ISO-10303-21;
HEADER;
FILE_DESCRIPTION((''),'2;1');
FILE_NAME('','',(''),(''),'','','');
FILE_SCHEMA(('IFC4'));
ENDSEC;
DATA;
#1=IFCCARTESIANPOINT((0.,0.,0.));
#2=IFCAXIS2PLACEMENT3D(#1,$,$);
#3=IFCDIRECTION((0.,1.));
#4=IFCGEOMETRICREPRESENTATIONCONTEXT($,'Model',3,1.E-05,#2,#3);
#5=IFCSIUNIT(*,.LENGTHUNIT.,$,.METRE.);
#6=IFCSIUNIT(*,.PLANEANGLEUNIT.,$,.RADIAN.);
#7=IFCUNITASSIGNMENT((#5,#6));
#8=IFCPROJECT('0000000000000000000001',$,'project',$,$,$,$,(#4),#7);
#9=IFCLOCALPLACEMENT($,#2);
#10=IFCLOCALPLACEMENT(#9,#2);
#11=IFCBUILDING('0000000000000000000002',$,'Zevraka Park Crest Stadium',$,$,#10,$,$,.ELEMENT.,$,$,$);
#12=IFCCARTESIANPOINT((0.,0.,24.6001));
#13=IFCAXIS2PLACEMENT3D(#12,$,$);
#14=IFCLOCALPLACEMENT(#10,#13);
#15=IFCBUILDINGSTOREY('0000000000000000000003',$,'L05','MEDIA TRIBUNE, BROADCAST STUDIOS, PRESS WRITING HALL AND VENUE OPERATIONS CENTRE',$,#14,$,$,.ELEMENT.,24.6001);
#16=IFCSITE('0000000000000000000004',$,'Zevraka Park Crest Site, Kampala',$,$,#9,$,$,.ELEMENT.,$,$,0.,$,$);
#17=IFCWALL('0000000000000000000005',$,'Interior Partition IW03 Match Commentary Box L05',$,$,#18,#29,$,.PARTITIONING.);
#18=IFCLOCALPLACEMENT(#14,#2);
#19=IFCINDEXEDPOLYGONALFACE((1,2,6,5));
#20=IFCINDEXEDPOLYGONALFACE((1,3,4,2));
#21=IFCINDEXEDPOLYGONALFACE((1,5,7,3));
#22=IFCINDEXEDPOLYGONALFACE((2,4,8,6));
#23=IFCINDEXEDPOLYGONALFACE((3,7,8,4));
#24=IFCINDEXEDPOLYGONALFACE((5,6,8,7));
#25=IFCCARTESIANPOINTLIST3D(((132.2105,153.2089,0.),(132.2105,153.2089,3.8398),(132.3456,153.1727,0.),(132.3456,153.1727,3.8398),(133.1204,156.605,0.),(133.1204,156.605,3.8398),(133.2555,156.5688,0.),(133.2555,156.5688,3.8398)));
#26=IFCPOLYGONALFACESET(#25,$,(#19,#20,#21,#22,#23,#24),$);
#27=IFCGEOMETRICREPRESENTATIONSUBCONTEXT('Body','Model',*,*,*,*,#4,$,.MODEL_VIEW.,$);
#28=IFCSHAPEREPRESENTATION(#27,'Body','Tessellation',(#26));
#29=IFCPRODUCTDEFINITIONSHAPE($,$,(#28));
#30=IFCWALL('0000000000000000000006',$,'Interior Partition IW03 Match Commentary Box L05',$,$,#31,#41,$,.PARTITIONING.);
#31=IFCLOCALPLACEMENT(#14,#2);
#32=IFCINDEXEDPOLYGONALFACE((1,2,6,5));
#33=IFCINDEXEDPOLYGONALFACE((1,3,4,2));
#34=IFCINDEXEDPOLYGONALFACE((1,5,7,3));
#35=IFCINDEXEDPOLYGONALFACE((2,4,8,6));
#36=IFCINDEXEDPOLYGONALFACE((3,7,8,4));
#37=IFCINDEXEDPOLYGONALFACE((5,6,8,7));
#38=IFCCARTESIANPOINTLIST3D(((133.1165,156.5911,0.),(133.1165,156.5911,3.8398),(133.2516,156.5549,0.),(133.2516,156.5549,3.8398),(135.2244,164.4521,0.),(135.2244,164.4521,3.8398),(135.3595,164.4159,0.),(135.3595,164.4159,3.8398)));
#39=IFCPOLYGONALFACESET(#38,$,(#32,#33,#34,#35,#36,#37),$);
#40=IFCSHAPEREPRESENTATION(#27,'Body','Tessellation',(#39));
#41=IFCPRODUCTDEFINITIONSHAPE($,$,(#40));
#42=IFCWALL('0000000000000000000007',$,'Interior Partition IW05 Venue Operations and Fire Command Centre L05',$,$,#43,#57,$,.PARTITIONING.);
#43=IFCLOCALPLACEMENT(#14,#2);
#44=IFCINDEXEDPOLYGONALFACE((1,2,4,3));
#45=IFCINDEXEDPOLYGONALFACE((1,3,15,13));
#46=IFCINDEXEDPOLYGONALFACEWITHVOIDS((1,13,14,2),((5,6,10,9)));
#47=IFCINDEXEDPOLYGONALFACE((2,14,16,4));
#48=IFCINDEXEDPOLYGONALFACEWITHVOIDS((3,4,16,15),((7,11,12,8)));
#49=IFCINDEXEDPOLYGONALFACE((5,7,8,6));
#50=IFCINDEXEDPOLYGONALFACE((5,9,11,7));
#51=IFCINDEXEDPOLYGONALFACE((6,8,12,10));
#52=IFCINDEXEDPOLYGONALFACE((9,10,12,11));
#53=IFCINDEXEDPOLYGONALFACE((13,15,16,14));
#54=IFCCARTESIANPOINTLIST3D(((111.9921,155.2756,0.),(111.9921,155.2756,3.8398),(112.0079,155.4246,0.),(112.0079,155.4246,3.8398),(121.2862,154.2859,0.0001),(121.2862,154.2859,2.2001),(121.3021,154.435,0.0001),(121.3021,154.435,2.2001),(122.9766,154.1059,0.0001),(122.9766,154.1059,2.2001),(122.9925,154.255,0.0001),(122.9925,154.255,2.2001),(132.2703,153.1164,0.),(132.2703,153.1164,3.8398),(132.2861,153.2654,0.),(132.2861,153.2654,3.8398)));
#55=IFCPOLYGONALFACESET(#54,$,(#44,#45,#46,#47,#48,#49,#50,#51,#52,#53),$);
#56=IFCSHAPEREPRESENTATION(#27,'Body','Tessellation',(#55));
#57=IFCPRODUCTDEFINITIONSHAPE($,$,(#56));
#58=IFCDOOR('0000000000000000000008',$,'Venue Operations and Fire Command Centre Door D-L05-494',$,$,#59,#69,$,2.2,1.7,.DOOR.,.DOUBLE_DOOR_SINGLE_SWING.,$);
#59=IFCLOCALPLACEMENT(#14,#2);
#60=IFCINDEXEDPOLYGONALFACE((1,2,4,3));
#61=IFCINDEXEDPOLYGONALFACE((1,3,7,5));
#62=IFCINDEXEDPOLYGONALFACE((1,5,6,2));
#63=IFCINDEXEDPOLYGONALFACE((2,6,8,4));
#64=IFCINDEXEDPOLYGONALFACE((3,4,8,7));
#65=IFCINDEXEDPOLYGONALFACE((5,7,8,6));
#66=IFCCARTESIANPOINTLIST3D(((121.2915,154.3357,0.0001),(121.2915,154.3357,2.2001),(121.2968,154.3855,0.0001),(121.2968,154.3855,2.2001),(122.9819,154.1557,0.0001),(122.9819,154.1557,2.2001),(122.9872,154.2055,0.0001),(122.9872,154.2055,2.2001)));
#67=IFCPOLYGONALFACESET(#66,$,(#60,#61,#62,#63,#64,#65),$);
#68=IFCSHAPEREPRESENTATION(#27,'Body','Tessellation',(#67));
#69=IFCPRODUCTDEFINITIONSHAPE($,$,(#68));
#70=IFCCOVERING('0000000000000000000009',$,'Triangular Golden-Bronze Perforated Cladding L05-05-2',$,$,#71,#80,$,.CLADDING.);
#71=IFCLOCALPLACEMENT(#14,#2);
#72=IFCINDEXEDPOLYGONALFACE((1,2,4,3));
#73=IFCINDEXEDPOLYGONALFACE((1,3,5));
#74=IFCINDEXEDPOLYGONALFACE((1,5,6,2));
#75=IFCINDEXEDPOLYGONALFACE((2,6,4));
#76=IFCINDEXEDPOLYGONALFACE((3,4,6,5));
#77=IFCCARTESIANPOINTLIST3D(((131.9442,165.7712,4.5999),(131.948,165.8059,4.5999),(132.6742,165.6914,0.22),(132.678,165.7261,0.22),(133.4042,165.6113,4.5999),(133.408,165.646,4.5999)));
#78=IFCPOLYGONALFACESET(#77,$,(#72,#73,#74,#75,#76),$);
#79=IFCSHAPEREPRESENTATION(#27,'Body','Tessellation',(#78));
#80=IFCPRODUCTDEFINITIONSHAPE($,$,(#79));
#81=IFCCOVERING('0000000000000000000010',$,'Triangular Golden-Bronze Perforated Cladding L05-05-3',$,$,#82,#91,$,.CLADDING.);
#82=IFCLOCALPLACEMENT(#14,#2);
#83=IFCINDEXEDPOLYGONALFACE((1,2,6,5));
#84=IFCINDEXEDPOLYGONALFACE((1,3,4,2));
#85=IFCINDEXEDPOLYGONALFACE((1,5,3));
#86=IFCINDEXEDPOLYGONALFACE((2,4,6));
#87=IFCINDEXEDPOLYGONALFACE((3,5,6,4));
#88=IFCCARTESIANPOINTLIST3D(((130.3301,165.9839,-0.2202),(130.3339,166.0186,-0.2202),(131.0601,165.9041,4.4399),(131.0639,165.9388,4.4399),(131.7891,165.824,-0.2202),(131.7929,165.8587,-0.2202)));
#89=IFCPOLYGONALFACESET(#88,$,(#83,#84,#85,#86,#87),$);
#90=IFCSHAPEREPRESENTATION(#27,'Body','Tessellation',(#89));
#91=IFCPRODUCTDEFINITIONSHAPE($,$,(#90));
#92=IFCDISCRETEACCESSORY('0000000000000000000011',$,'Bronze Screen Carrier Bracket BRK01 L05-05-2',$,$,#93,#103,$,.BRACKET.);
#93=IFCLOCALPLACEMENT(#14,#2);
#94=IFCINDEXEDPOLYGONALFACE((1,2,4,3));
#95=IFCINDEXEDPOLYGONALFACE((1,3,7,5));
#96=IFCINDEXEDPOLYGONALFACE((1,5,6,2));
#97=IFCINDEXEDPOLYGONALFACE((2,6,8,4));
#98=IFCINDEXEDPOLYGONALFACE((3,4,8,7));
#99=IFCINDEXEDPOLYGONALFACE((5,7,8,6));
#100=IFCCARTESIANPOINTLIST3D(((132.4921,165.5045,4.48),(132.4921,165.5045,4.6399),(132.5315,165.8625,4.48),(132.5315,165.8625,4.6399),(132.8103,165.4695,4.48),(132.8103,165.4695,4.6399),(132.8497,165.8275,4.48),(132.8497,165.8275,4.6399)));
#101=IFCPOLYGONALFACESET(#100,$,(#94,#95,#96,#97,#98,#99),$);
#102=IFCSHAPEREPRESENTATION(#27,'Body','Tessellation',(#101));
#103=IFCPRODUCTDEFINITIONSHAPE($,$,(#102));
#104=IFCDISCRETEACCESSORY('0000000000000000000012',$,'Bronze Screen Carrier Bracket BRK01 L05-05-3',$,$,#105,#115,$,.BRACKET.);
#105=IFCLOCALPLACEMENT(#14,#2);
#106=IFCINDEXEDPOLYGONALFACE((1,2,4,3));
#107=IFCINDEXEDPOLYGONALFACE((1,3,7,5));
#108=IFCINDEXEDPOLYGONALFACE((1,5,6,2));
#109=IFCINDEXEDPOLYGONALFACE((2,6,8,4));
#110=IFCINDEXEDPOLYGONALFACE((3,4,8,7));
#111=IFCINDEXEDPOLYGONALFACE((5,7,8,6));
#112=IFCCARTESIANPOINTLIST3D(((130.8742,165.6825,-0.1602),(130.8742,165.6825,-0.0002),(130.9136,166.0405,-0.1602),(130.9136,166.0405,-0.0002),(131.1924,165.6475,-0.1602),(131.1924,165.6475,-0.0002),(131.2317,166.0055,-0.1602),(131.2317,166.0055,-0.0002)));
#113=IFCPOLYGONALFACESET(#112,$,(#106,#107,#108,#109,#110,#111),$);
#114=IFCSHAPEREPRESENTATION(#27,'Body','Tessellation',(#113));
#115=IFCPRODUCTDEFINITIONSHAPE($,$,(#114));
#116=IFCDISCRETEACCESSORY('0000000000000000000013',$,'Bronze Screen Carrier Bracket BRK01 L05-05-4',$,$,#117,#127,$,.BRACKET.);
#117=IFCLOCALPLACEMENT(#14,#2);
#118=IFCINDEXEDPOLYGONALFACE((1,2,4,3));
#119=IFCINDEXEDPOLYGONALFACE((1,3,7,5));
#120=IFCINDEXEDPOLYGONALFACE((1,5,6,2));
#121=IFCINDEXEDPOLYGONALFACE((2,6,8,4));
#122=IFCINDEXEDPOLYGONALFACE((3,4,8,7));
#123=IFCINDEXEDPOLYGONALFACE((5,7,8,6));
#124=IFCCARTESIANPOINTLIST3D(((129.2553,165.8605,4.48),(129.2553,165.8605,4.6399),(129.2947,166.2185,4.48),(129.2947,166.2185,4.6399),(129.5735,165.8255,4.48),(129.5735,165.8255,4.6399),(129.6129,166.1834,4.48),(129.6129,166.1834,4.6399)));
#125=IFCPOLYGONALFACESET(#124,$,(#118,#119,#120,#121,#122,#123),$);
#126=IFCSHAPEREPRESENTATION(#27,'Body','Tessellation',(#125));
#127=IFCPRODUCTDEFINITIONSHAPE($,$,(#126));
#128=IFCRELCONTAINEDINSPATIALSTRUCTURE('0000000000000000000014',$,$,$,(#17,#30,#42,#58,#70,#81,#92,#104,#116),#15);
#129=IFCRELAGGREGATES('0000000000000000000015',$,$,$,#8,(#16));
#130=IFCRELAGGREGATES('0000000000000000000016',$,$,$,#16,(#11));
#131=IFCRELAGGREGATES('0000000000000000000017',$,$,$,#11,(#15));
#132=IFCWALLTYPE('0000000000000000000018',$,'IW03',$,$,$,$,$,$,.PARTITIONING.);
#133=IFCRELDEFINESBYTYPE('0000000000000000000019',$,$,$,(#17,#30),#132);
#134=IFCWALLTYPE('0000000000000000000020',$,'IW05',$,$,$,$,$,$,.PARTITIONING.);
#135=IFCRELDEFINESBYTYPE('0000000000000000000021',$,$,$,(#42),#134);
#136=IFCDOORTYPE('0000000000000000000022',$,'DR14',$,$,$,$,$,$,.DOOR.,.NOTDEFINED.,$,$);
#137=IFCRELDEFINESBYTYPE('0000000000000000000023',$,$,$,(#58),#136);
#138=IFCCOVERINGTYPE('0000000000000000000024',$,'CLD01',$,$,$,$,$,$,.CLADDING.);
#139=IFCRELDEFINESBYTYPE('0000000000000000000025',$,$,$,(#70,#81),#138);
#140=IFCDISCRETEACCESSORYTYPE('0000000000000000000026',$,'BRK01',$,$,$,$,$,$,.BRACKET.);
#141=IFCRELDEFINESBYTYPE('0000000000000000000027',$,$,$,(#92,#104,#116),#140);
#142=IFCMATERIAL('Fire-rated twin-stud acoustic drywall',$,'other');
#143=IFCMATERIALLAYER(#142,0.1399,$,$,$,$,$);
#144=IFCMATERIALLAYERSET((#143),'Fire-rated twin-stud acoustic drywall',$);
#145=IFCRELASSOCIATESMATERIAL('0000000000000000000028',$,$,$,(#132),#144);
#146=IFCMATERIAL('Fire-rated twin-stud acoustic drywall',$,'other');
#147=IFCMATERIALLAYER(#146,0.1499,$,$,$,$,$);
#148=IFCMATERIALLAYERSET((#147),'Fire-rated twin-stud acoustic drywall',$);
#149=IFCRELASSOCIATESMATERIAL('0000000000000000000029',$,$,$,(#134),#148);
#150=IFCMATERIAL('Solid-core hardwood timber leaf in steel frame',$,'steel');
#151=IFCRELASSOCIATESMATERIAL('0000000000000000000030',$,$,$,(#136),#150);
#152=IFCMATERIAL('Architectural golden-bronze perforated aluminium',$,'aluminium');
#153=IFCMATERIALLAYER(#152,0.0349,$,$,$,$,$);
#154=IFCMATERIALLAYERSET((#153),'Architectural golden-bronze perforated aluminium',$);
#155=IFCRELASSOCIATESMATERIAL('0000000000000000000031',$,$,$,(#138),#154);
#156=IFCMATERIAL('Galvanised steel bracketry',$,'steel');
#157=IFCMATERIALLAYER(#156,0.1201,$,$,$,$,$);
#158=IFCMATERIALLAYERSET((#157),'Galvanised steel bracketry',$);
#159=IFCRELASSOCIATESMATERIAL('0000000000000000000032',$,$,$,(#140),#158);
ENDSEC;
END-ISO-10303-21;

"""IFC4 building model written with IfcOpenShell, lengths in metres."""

from ifc_helpers import new_model, si_unit, direction, frame, frame_2d, origin, origin_2d, place, context, subcontext, project, spatial, polyline, rectangle, outline, extrude, material, layer, layer_set, type_object, element, fill, save


model = new_model("IFC4")

# Units and contexts
model_context = context("Model", 3, precision=1e-05, world=origin(), true_north=direction((0.0, 1.0)))
body_context = subcontext(model_context, "Body", "Model", "MODEL_VIEW")
ifc_project = project(units=[si_unit("LENGTHUNIT", "METRE"), si_unit("PLANEANGLEUNIT", "RADIAN")], contexts=[model_context])

# Site, building, storey
site_placement = place(None, origin())
site = spatial("IfcSite", under=ifc_project, at=site_placement, Name="Zevraka Park Crest Site, Kampala", CompositionType="ELEMENT", RefElevation=0.0)
building_placement = place(site_placement, origin())
building = spatial("IfcBuilding", under=site, at=building_placement, Name="Zevraka Park Crest Stadium", CompositionType="ELEMENT")
storey_placement = place(building_placement, frame((0.0, 0.0, 24.6001)))
storey = spatial("IfcBuildingStorey", under=building, at=storey_placement, Name="L05", Description="MEDIA TRIBUNE, BROADCAST STUDIOS, PRESS WRITING HALL AND VENUE OPERATIONS CENTRE", CompositionType="ELEMENT", Elevation=24.6001)

# Walls
ifc_material_1 = material(Name="Fire-rated twin-stud acoustic drywall", Category="other")
ifc_layer_1 = layer(ifc_material_1, 0.1399)
ifc_layer_set_1 = layer_set([ifc_layer_1], Name="Fire-rated twin-stud acoustic drywall")
wall_type_1 = type_object("IfcWallType", Name="IW03", PredefinedType="PARTITIONING", material=ifc_layer_set_1)
wall_1_placement = place(storey_placement, frame((132.2781, 153.1909, 0.0), z_axis=(0.0, 0.0, 1.0), x_axis=(0.258808, 0.965929, 0.0)))
element("IfcWall", 1, at=wall_1_placement, inside=storey, type_object=wall_type_1, Name="Interior Partition IW03 Match Commentary Box L05", PredefinedType="PARTITIONING", context=body_context, shape_type="SweptSolid", body=[
    extrude(rectangle(XDim=3.5159, YDim=0.1399, at=frame_2d((1.7578, 0.0))), origin(), (0.0, 0.0, 1.0), 3.8398),
])
wall_2_placement = place(storey_placement, frame((133.1841, 156.573, 0.0), z_axis=(0.0, 0.0, 1.0), x_axis=(0.258995, 0.965879, 0.0)))
element("IfcWall", 2, at=wall_2_placement, inside=storey, type_object=wall_type_1, Name="Interior Partition IW03 Match Commentary Box L05", PredefinedType="PARTITIONING", context=body_context, shape_type="SweptSolid", body=[
    extrude(rectangle(XDim=8.1387, YDim=0.1399, at=frame_2d((4.0693, 0.0))), origin(), (0.0, 0.0, 1.0), 3.8398),
])

# Wall, opening, door
ifc_material_2 = material(Name="Fire-rated twin-stud acoustic drywall", Category="other")
ifc_layer_2 = layer(ifc_material_2, 0.1499)
ifc_layer_set_2 = layer_set([ifc_layer_2], Name="Fire-rated twin-stud acoustic drywall")
wall_type_2 = type_object("IfcWallType", Name="IW05", PredefinedType="PARTITIONING", material=ifc_layer_set_2)
wall_3_placement = place(storey_placement, frame((132.2781, 153.1909, 0.0), z_axis=(0.0, 0.0, 1.0), x_axis=(-0.994379, 0.10588, 0.0)))
wall_3 = element("IfcWall", 3, at=wall_3_placement, inside=storey, type_object=wall_type_2, Name="Interior Partition IW05 Venue Operations and Fire Command Centre L05", PredefinedType="PARTITIONING", context=body_context, shape_type="SweptSolid", body=[
    extrude(rectangle(XDim=20.3928, YDim=0.1499, at=frame_2d((10.1963, 0.0))), origin(), (0.0, 0.0, 1.0), 3.8398),
])
opening_placement = place(wall_3_placement, frame((9.3459, 0.0, 0.0)))
opening = element("IfcOpeningElement", 4, at=opening_placement, cuts=wall_3, PredefinedType="OPENING", context=body_context, shape_type="SweptSolid", body=[
    extrude(rectangle(XDim=1.7, YDim=2.2, at=frame_2d((0.8501, 1.1001))), frame((0.0, 0.085, 0.0), z_axis=(0.0, -1.0, 0.0), x_axis=(1.0, 0.0, 0.0)), (0.0, 0.0, 1.0), 0.1699),
])
ifc_material_3 = material(Name="Solid-core hardwood timber leaf in steel frame", Category="steel")
door_type = type_object("IfcDoorType", Name="DR14", OperationType="NOTDEFINED", PredefinedType="DOOR", material=ifc_material_3)
door_placement = place(opening_placement, origin())
door = element("IfcDoor", 5, at=door_placement, inside=storey, type_object=door_type, Name="Venue Operations and Fire Command Centre Door D-L05-494", OperationType="DOUBLE_DOOR_SINGLE_SWING", OverallHeight=2.2, OverallWidth=1.7, PredefinedType="DOOR", context=body_context, shape_type="SweptSolid", body=[
    extrude(rectangle(XDim=1.7, YDim=2.2, at=frame_2d((0.8501, 1.1001))), frame((0.0, 0.0249, 0.0), z_axis=(0.0, -1.0, 0.0), x_axis=(1.0, 0.0, 0.0)), (0.0, 0.0, 1.0), 0.05),
])
fill(opening, door)

# Coverings
ifc_material_4 = material(Name="Architectural golden-bronze perforated aluminium", Category="aluminium")
ifc_layer_3 = layer(ifc_material_4, 0.0349)
ifc_layer_set_3 = layer_set([ifc_layer_3], Name="Architectural golden-bronze perforated aluminium")
covering_type = type_object("IfcCoveringType", Name="CLD01", PredefinedType="CLADDING", material=ifc_layer_set_3)
covering_1_placement = place(storey_placement, frame((131.948, 165.8059, 4.5999), z_axis=(0.108881, 0.994055, 0.000028), x_axis=(0.994055, -0.108881, 0.0)))
element("IfcCovering", 6, at=covering_1_placement, inside=storey, type_object=covering_type, Name="Triangular Golden-Bronze Perforated Cladding L05-05-2", PredefinedType="CLADDING", context=body_context, shape_type="SweptSolid", body=[
    extrude(outline(polyline([(0.0, 0.0), (1.4687, 0.0), (0.7343, 4.3799), (0.0, 0.0)])), origin(), (0.0, 0.0, -1.0), 0.0349),
])
covering_2_placement = place(storey_placement, frame((131.7891, 165.824, -0.2202), z_axis=(-0.108953, -0.994047, 0.000037), x_axis=(-0.994047, 0.108953, 0.0)))
element("IfcCovering", 7, at=covering_2_placement, inside=storey, type_object=covering_type, Name="Triangular Golden-Bronze Perforated Cladding L05-05-3", PredefinedType="CLADDING", context=body_context, shape_type="SweptSolid", body=[
    extrude(outline(polyline([(0.0, 0.0), (1.4677, 0.0), (0.7334, -4.6602), (0.0, 0.0)])), origin(), (0.0, 0.0, -1.0), 0.0349),
])

# Discrete accessories
ifc_material_5 = material(Name="Galvanised steel bracketry", Category="steel")
ifc_layer_4 = layer(ifc_material_5, 0.1201)
ifc_layer_set_4 = layer_set([ifc_layer_4], Name="Galvanised steel bracketry")
discrete_accessory_type = type_object("IfcDiscreteAccessoryType", Name="BRK01", PredefinedType="BRACKET", material=ifc_layer_set_4)
for number, where, z_axis, x_axis, name in (
    (8, (132.6709, 165.666, 4.48), (0.0, 0.0, 1.0), (-0.993999, 0.109387, 0.0), "Bronze Screen Carrier Bracket BRK01 L05-05-2"),
    (9, (131.053, 165.844, -0.1602), (0.0, 0.0, 1.0), (-0.993999, 0.109387, 0.0), "Bronze Screen Carrier Bracket BRK01 L05-05-3"),
    (10, (129.4341, 166.022, 4.48), (0.0, 0.0, 1.0), (-0.993999, 0.109387, 0.0), "Bronze Screen Carrier Bracket BRK01 L05-05-4"),
):
    element("IfcDiscreteAccessory", number, at=place(storey_placement, frame(where, z_axis=z_axis, x_axis=x_axis)), inside=storey, type_object=discrete_accessory_type, Name=name, PredefinedType="BRACKET", context=body_context, shape_type="SweptSolid", body=[
        extrude(rectangle(XDim=0.3201, YDim=0.3601, at=origin_2d()), origin(), (0.0, 0.0, 1.0), 0.1599),
    ])

save(model, "model.ifc")
